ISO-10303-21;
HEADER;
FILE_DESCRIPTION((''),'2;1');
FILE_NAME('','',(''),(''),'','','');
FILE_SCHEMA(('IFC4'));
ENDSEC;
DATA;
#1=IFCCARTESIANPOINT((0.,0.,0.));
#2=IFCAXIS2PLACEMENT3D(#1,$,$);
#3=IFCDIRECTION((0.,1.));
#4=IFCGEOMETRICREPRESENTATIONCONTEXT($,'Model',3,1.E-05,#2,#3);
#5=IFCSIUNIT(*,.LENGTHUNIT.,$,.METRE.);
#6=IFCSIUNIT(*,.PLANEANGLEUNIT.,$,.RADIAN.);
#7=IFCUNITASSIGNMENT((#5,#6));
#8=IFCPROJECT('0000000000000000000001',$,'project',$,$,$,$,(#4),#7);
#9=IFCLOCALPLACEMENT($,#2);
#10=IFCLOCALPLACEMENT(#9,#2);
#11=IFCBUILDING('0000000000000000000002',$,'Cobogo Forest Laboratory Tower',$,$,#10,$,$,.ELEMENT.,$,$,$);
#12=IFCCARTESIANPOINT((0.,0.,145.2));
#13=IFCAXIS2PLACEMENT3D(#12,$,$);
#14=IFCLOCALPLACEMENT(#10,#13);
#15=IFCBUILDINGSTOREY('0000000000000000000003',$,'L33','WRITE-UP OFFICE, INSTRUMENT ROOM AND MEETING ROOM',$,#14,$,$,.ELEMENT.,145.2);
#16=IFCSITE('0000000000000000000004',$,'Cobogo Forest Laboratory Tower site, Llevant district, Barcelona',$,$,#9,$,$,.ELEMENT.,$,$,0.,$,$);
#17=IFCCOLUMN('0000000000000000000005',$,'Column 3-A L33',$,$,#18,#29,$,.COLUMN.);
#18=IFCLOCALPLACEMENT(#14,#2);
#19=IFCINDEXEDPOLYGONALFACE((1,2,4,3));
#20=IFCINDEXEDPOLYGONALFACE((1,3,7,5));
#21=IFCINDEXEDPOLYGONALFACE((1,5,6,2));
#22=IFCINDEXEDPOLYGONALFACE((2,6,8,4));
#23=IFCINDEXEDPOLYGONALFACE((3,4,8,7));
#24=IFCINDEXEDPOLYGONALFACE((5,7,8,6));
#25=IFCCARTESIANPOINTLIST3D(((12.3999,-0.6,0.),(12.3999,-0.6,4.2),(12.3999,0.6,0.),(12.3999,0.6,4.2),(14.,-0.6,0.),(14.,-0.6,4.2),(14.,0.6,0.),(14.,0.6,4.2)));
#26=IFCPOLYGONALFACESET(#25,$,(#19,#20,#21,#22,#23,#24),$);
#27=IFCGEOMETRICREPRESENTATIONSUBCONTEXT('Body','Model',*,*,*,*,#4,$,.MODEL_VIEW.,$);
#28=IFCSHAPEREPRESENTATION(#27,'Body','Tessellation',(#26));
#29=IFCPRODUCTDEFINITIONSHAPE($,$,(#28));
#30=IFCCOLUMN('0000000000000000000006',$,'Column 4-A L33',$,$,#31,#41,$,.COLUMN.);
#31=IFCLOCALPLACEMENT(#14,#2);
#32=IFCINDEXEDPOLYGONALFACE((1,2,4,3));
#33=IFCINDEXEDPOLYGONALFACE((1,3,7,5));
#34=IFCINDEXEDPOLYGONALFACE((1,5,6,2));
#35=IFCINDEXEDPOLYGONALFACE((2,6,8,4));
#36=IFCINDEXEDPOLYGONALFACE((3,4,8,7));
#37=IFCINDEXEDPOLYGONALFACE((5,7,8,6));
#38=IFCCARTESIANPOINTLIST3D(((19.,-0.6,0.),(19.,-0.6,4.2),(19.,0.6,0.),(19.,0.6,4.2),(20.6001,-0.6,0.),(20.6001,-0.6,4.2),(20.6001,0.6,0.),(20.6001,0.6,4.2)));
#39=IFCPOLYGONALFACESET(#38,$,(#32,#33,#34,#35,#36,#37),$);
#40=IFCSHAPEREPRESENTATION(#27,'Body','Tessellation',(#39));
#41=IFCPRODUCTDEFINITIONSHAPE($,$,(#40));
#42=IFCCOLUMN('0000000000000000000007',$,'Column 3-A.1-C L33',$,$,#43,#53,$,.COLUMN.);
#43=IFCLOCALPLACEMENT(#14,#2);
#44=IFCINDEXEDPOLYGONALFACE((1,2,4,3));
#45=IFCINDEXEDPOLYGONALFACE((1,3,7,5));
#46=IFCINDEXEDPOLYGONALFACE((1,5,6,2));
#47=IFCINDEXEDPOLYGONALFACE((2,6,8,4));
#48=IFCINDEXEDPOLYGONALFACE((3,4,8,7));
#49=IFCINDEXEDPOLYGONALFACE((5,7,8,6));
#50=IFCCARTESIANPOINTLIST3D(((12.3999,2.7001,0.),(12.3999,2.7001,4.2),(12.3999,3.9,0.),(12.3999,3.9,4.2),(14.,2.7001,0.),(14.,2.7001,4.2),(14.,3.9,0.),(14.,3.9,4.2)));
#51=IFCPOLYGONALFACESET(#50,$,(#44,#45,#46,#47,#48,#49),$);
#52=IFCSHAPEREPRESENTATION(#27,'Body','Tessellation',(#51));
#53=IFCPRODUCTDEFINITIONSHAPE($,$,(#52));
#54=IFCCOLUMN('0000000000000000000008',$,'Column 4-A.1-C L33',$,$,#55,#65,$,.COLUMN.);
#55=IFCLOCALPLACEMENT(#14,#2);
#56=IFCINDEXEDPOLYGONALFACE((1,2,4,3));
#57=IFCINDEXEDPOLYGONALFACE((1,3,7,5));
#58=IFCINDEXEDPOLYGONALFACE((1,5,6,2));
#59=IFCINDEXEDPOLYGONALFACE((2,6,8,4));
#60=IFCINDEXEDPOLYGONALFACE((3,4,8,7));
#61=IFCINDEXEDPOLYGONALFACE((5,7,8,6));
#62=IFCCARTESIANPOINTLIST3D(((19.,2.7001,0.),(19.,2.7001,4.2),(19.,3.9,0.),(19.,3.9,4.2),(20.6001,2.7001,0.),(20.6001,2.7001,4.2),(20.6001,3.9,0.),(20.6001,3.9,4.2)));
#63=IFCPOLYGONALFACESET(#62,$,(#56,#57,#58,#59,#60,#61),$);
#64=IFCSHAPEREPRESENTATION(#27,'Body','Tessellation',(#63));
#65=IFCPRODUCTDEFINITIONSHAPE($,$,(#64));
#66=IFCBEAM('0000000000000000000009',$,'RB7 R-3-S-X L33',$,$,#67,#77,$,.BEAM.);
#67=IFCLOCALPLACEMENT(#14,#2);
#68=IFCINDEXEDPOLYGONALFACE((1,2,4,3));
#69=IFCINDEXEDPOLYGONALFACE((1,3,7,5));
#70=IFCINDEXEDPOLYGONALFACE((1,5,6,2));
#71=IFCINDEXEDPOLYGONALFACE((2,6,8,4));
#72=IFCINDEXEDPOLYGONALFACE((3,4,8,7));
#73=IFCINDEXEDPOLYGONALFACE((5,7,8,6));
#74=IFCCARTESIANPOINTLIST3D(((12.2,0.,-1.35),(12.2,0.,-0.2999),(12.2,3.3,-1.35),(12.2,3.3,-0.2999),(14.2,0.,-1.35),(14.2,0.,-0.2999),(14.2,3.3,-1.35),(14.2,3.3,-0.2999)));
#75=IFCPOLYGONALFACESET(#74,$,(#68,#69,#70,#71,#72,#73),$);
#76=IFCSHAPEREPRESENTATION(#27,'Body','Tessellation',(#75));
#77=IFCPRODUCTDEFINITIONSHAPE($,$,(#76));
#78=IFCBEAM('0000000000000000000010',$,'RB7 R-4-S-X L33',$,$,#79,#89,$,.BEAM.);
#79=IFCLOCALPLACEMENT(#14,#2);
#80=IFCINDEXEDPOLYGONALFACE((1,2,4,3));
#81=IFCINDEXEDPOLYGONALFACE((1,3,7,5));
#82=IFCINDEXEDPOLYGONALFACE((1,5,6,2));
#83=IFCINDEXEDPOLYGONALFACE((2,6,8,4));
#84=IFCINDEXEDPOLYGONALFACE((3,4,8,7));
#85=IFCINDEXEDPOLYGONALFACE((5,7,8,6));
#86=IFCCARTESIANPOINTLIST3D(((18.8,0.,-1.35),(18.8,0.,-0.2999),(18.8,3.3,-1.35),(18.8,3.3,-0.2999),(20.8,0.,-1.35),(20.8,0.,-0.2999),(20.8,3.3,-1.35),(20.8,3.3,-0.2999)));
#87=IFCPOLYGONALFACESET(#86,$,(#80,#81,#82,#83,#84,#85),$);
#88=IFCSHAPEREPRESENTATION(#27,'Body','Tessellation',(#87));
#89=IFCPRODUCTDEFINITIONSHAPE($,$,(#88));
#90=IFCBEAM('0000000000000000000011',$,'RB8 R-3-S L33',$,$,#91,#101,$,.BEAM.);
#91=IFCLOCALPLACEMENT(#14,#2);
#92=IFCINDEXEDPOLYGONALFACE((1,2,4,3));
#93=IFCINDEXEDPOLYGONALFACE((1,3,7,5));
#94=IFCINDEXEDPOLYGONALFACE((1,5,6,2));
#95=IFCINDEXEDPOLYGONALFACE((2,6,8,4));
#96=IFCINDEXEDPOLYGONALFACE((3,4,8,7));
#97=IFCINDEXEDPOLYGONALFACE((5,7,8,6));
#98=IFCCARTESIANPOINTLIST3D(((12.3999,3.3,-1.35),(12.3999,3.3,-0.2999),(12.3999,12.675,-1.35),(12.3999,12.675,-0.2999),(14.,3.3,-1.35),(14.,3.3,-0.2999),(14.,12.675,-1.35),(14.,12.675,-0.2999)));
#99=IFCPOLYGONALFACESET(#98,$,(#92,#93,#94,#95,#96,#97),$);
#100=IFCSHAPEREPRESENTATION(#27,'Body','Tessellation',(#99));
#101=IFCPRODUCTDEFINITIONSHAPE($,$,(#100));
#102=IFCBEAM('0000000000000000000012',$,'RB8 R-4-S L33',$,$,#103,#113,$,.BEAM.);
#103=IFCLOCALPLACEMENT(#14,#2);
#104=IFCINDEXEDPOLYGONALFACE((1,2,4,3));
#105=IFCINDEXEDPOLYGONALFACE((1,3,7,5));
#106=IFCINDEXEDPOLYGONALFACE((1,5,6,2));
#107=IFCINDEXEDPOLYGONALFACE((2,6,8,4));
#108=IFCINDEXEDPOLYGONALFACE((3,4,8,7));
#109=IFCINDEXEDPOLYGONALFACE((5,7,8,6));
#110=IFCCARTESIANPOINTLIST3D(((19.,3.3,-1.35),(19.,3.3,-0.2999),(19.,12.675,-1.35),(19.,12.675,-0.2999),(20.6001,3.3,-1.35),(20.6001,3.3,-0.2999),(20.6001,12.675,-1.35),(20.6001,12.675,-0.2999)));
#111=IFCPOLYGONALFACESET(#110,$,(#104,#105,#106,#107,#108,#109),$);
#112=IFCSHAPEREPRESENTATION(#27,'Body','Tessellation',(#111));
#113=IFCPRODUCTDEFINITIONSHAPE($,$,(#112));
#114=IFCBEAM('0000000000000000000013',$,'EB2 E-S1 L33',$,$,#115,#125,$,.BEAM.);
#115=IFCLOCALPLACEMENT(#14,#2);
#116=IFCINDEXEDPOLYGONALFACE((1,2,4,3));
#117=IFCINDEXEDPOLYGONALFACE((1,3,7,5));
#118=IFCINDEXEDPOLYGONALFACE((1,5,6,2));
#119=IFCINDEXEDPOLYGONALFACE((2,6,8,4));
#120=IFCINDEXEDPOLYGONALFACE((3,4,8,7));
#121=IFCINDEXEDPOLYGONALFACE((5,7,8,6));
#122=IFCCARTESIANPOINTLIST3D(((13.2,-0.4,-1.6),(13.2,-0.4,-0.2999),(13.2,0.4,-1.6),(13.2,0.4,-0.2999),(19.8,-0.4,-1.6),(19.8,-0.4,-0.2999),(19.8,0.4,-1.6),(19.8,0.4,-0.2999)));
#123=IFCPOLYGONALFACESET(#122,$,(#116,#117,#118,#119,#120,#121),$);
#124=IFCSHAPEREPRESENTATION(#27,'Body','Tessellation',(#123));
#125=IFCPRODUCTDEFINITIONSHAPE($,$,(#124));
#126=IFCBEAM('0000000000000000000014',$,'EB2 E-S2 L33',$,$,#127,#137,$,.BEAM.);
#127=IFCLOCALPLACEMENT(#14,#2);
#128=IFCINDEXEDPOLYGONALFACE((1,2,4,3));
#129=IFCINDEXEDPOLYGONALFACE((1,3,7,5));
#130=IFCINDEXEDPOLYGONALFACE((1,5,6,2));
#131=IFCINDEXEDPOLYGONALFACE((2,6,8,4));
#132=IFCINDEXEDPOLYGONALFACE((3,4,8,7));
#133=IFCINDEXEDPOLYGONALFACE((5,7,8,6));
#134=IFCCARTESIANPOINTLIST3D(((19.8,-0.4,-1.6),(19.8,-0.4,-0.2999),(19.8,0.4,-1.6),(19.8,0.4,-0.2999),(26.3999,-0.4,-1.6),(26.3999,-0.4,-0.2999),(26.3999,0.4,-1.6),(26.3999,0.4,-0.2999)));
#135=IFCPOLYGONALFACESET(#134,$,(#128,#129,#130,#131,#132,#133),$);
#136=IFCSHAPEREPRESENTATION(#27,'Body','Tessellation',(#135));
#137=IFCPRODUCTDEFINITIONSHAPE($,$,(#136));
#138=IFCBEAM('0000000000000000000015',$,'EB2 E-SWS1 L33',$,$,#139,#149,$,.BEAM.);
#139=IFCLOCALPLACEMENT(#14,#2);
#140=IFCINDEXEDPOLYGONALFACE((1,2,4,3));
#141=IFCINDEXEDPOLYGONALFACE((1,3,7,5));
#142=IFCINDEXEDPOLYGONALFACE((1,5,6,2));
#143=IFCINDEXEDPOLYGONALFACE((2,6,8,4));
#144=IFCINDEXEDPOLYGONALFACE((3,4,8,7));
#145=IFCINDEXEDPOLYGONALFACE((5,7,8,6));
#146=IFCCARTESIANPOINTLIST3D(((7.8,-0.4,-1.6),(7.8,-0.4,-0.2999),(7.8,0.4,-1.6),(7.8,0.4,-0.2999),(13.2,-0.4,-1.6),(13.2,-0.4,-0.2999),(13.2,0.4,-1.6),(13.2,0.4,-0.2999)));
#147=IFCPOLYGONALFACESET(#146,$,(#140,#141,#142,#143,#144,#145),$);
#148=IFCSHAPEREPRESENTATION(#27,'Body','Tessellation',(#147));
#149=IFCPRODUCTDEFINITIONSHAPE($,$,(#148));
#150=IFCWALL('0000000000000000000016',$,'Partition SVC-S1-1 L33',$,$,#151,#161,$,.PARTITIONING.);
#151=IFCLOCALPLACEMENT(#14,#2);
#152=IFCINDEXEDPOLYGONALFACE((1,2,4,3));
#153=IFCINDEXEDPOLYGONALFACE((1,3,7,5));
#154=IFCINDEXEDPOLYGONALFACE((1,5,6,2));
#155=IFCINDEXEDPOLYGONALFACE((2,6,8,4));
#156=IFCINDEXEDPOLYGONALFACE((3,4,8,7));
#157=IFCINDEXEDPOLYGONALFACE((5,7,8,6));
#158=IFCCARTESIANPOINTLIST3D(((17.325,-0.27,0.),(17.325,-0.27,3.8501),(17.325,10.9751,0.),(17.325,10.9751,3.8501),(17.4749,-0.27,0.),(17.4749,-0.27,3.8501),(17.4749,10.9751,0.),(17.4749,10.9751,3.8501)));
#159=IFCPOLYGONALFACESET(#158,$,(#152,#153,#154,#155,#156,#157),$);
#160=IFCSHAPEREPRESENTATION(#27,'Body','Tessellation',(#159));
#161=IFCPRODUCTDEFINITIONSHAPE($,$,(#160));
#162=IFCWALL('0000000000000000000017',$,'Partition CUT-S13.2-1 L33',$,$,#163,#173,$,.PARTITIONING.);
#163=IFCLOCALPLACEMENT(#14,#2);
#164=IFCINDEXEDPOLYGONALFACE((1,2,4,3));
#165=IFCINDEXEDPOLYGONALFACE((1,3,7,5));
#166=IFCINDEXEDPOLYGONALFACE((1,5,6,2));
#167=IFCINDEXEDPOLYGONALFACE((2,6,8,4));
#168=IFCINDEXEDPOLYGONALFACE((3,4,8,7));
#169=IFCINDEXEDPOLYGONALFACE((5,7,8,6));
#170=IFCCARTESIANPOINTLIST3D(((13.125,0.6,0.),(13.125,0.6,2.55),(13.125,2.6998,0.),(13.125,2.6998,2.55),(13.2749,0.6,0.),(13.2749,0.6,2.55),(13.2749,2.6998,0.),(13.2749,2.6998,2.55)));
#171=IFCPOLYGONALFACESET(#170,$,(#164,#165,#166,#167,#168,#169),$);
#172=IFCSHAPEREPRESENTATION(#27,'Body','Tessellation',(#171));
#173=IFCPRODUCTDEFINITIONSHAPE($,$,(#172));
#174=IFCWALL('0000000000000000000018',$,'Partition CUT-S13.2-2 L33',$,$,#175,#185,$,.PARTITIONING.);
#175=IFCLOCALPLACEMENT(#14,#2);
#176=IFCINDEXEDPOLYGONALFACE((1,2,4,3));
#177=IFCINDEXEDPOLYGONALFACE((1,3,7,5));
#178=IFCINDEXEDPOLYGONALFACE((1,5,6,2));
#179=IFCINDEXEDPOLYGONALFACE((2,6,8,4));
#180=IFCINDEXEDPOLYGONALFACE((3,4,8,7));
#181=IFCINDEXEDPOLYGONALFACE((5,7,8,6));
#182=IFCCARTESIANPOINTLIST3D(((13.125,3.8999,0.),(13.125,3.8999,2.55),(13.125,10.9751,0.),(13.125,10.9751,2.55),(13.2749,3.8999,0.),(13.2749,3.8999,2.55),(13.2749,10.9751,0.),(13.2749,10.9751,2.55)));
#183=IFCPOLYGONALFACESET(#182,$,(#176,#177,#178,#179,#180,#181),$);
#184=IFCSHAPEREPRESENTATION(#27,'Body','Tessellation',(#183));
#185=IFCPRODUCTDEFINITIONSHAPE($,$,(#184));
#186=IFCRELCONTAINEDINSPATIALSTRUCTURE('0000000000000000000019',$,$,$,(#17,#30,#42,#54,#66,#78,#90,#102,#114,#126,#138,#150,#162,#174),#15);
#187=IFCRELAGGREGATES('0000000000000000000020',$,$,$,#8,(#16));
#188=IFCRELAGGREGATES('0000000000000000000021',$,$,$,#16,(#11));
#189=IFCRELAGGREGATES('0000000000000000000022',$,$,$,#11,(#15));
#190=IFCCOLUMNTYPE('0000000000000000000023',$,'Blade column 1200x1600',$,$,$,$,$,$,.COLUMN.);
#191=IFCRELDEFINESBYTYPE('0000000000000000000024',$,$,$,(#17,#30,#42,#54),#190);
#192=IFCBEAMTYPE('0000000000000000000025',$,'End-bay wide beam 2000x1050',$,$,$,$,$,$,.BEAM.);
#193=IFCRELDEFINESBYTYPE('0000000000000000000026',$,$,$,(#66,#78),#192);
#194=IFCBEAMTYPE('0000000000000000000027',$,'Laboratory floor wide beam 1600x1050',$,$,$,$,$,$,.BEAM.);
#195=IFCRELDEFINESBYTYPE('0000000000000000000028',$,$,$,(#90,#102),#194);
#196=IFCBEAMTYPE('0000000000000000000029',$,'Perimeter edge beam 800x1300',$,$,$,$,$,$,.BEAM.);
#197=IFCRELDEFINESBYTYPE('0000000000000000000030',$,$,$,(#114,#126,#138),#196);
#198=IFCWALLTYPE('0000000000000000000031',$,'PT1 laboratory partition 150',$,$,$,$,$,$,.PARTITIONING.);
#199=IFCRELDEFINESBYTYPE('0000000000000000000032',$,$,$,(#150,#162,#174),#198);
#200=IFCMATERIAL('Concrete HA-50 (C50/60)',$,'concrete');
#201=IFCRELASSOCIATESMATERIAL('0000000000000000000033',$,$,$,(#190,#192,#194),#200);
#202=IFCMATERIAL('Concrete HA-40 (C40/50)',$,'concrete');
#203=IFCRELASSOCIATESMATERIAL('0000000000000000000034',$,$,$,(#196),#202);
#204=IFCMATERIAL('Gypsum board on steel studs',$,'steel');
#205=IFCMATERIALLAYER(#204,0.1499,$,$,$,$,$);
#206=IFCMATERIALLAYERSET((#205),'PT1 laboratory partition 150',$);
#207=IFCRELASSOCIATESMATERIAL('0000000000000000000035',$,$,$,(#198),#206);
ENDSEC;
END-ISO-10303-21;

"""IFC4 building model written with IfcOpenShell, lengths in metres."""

from ifc_helpers import new_model, si_unit, direction, frame, frame_2d, origin, origin_2d, place, context, subcontext, project, spatial, rectangle, extrude, material, layer, layer_set, material_profile, profile_set, type_object, element, save


model = new_model("IFC4")

# Units and contexts
model_context = context("Model", 3, precision=1e-05, world=origin(), true_north=direction((0.0, 1.0)))
body_context = subcontext(model_context, "Body", "Model", "MODEL_VIEW")
ifc_project = project(units=[si_unit("LENGTHUNIT", "METRE"), si_unit("PLANEANGLEUNIT", "RADIAN")], contexts=[model_context])

# Site, building, storey
site_placement = place(None, origin())
site = spatial("IfcSite", under=ifc_project, at=site_placement, Name="Cobogo Forest Laboratory Tower site, Llevant district, Barcelona", CompositionType="ELEMENT", RefElevation=0.0)
building_placement = place(site_placement, origin())
building = spatial("IfcBuilding", under=site, at=building_placement, Name="Cobogo Forest Laboratory Tower", CompositionType="ELEMENT")
storey_placement = place(building_placement, frame((0.0, 0.0, 145.2)))
storey = spatial("IfcBuildingStorey", under=building, at=storey_placement, Name="L33", Description="WRITE-UP OFFICE, INSTRUMENT ROOM AND MEETING ROOM", CompositionType="ELEMENT", Elevation=145.2)

# Columns
ifc_material_1 = material(Name="Concrete HA-50 (C50/60)", Category="concrete")
ifc_material_profile_1 = material_profile(ifc_material_1, rectangle(XDim=1.6001, YDim=1.2, at=origin_2d()), Name="RC 1200x1600")
ifc_profile_set_1 = profile_set([ifc_material_profile_1], Name="Concrete HA-50 (C50/60)")
column_type = type_object("IfcColumnType", Name="Blade column 1200x1600", PredefinedType="COLUMN", material=ifc_profile_set_1)
for number, where, z_axis, x_axis, name in (
    (1, (13.2, 0.0, 0.0), (0.0, 0.0, 1.0), (1.0, 0.0, 0.0), "Column 3-A L33"),
    (2, (19.8, 0.0, 0.0), (0.0, 0.0, 1.0), (1.0, 0.0, 0.0), "Column 4-A L33"),
    (3, (13.2, 3.3, 0.0), (0.0, 0.0, 1.0), (1.0, 0.0, 0.0), "Column 3-A.1-C L33"),
    (4, (19.8, 3.3, 0.0), (0.0, 0.0, 1.0), (1.0, 0.0, 0.0), "Column 4-A.1-C L33"),
):
    element("IfcColumn", number, at=place(storey_placement, frame(where, z_axis=z_axis, x_axis=x_axis)), inside=storey, type_object=column_type, Name=name, PredefinedType="COLUMN", context=body_context, shape_type="SweptSolid", body=[
        extrude(rectangle(XDim=1.6001, YDim=1.2, at=origin_2d()), origin(), (0.0, 0.0, 1.0), 4.2),
    ])

# Beams
ifc_material_profile_2 = material_profile(ifc_material_1, rectangle(XDim=2.0, YDim=1.05, at=origin_2d()), Name="RC 2000x1050")
ifc_profile_set_2 = profile_set([ifc_material_profile_2], Name="Concrete HA-50 (C50/60)")
beam_type_1 = type_object("IfcBeamType", Name="End-bay wide beam 2000x1050", PredefinedType="BEAM", material=ifc_profile_set_2)
for number, where, z_axis, x_axis, name in (
    (5, (13.2, 0.0, -0.825), (0.0, 1.0, 0.0), (-1.0, 0.0, 0.0), "RB7 R-3-S-X L33"),
    (6, (19.8, 0.0, -0.825), (0.0, 1.0, 0.0), (-1.0, 0.0, 0.0), "RB7 R-4-S-X L33"),
):
    element("IfcBeam", number, at=place(storey_placement, frame(where, z_axis=z_axis, x_axis=x_axis)), inside=storey, type_object=beam_type_1, Name=name, PredefinedType="BEAM", context=body_context, shape_type="SweptSolid", body=[
        extrude(rectangle(XDim=2.0, YDim=1.05, at=origin_2d()), origin(), (0.0, 0.0, 1.0), 3.3),
    ])
ifc_material_profile_3 = material_profile(ifc_material_1, rectangle(XDim=1.6001, YDim=1.05, at=origin_2d()), Name="RC 1600x1050")
ifc_profile_set_3 = profile_set([ifc_material_profile_3], Name="Concrete HA-50 (C50/60)")
beam_type_2 = type_object("IfcBeamType", Name="Laboratory floor wide beam 1600x1050", PredefinedType="BEAM", material=ifc_profile_set_3)
for number, where, z_axis, x_axis, name in (
    (7, (13.2, 12.675, -0.825), (0.0, -1.0, 0.0), (1.0, 0.0, 0.0), "RB8 R-3-S L33"),
    (8, (19.8, 12.675, -0.825), (0.0, -1.0, 0.0), (1.0, 0.0, 0.0), "RB8 R-4-S L33"),
):
    element("IfcBeam", number, at=place(storey_placement, frame(where, z_axis=z_axis, x_axis=x_axis)), inside=storey, type_object=beam_type_2, Name=name, PredefinedType="BEAM", context=body_context, shape_type="SweptSolid", body=[
        extrude(rectangle(XDim=1.6001, YDim=1.05, at=origin_2d()), origin(), (0.0, 0.0, 1.0), 9.375),
    ])
ifc_material_2 = material(Name="Concrete HA-40 (C40/50)", Category="concrete")
ifc_material_profile_4 = material_profile(ifc_material_2, rectangle(XDim=0.8, YDim=1.3, at=origin_2d()), Name="RC 800x1300")
ifc_profile_set_4 = profile_set([ifc_material_profile_4], Name="Concrete HA-40 (C40/50)")
beam_type_3 = type_object("IfcBeamType", Name="Perimeter edge beam 800x1300", PredefinedType="BEAM", material=ifc_profile_set_4)
beam_1_placement = place(storey_placement, frame((13.2, 0.0, -0.95), z_axis=(1.0, 0.0, 0.0), x_axis=(0.0, 1.0, 0.0)))
element("IfcBeam", 9, at=beam_1_placement, inside=storey, type_object=beam_type_3, Name="EB2 E-S1 L33", PredefinedType="BEAM", context=body_context, shape_type="SweptSolid", body=[
    extrude(rectangle(XDim=0.8, YDim=1.3, at=origin_2d()), origin(), (0.0, 0.0, 1.0), 6.6001),
])
beam_2_placement = place(storey_placement, frame((19.8, 0.0, -0.95), z_axis=(1.0, 0.0, 0.0), x_axis=(0.0, 1.0, 0.0)))
element("IfcBeam", 10, at=beam_2_placement, inside=storey, type_object=beam_type_3, Name="EB2 E-S2 L33", PredefinedType="BEAM", context=body_context, shape_type="SweptSolid", body=[
    extrude(rectangle(XDim=0.8, YDim=1.3, at=origin_2d()), origin(), (0.0, 0.0, 1.0), 6.5999),
])
beam_3_placement = place(storey_placement, frame((13.2, 0.0, -0.95), z_axis=(-1.0, 0.0, 0.0), x_axis=(0.0, -1.0, 0.0)))
element("IfcBeam", 11, at=beam_3_placement, inside=storey, type_object=beam_type_3, Name="EB2 E-SWS1 L33", PredefinedType="BEAM", context=body_context, shape_type="SweptSolid", body=[
    extrude(rectangle(XDim=0.8, YDim=1.3, at=origin_2d()), origin(), (0.0, 0.0, 1.0), 5.3999),
])

# Walls
ifc_material_3 = material(Name="Gypsum board on steel studs", Category="steel")
ifc_layer_1 = layer(ifc_material_3, 0.1499)
ifc_layer_set_1 = layer_set([ifc_layer_1], Name="PT1 laboratory partition 150")
wall_type_1 = type_object("IfcWallType", Name="PT1 laboratory partition 150", PredefinedType="PARTITIONING", material=ifc_layer_set_1)
wall_1_placement = place(storey_placement, frame((17.3999, -0.27, 0.0), z_axis=(0.0, 0.0, 1.0), x_axis=(0.0, 1.0, 0.0)))
element("IfcWall", 12, at=wall_1_placement, inside=storey, type_object=wall_type_1, Name="Partition SVC-S1-1 L33", PredefinedType="PARTITIONING", context=body_context, shape_type="SweptSolid", body=[
    extrude(rectangle(XDim=11.2451, YDim=0.1499, at=frame_2d((5.6226, 0.0))), origin(), (0.0, 0.0, 1.0), 3.8501),
])
wall_2_placement = place(storey_placement, frame((13.2, 0.6001, 0.0), z_axis=(0.0, 0.0, 1.0), x_axis=(0.0, 1.0, 0.0)))
element("IfcWall", 13, at=wall_2_placement, inside=storey, type_object=wall_type_1, Name="Partition CUT-S13.2-1 L33", PredefinedType="PARTITIONING", context=body_context, shape_type="SweptSolid", body=[
    extrude(rectangle(XDim=2.0999, YDim=0.1499, at=frame_2d((1.0498, 0.0))), origin(), (0.0, 0.0, 1.0), 2.55),
])
wall_3_placement = place(storey_placement, frame((13.2, 3.8999, 0.0), z_axis=(0.0, 0.0, 1.0), x_axis=(0.0, 1.0, 0.0)))
element("IfcWall", 14, at=wall_3_placement, inside=storey, type_object=wall_type_1, Name="Partition CUT-S13.2-2 L33", PredefinedType="PARTITIONING", context=body_context, shape_type="SweptSolid", body=[
    extrude(rectangle(XDim=7.0752, YDim=0.1499, at=frame_2d((3.5376, 0.0))), origin(), (0.0, 0.0, 1.0), 2.55),
])

save(model, "model.ifc")
